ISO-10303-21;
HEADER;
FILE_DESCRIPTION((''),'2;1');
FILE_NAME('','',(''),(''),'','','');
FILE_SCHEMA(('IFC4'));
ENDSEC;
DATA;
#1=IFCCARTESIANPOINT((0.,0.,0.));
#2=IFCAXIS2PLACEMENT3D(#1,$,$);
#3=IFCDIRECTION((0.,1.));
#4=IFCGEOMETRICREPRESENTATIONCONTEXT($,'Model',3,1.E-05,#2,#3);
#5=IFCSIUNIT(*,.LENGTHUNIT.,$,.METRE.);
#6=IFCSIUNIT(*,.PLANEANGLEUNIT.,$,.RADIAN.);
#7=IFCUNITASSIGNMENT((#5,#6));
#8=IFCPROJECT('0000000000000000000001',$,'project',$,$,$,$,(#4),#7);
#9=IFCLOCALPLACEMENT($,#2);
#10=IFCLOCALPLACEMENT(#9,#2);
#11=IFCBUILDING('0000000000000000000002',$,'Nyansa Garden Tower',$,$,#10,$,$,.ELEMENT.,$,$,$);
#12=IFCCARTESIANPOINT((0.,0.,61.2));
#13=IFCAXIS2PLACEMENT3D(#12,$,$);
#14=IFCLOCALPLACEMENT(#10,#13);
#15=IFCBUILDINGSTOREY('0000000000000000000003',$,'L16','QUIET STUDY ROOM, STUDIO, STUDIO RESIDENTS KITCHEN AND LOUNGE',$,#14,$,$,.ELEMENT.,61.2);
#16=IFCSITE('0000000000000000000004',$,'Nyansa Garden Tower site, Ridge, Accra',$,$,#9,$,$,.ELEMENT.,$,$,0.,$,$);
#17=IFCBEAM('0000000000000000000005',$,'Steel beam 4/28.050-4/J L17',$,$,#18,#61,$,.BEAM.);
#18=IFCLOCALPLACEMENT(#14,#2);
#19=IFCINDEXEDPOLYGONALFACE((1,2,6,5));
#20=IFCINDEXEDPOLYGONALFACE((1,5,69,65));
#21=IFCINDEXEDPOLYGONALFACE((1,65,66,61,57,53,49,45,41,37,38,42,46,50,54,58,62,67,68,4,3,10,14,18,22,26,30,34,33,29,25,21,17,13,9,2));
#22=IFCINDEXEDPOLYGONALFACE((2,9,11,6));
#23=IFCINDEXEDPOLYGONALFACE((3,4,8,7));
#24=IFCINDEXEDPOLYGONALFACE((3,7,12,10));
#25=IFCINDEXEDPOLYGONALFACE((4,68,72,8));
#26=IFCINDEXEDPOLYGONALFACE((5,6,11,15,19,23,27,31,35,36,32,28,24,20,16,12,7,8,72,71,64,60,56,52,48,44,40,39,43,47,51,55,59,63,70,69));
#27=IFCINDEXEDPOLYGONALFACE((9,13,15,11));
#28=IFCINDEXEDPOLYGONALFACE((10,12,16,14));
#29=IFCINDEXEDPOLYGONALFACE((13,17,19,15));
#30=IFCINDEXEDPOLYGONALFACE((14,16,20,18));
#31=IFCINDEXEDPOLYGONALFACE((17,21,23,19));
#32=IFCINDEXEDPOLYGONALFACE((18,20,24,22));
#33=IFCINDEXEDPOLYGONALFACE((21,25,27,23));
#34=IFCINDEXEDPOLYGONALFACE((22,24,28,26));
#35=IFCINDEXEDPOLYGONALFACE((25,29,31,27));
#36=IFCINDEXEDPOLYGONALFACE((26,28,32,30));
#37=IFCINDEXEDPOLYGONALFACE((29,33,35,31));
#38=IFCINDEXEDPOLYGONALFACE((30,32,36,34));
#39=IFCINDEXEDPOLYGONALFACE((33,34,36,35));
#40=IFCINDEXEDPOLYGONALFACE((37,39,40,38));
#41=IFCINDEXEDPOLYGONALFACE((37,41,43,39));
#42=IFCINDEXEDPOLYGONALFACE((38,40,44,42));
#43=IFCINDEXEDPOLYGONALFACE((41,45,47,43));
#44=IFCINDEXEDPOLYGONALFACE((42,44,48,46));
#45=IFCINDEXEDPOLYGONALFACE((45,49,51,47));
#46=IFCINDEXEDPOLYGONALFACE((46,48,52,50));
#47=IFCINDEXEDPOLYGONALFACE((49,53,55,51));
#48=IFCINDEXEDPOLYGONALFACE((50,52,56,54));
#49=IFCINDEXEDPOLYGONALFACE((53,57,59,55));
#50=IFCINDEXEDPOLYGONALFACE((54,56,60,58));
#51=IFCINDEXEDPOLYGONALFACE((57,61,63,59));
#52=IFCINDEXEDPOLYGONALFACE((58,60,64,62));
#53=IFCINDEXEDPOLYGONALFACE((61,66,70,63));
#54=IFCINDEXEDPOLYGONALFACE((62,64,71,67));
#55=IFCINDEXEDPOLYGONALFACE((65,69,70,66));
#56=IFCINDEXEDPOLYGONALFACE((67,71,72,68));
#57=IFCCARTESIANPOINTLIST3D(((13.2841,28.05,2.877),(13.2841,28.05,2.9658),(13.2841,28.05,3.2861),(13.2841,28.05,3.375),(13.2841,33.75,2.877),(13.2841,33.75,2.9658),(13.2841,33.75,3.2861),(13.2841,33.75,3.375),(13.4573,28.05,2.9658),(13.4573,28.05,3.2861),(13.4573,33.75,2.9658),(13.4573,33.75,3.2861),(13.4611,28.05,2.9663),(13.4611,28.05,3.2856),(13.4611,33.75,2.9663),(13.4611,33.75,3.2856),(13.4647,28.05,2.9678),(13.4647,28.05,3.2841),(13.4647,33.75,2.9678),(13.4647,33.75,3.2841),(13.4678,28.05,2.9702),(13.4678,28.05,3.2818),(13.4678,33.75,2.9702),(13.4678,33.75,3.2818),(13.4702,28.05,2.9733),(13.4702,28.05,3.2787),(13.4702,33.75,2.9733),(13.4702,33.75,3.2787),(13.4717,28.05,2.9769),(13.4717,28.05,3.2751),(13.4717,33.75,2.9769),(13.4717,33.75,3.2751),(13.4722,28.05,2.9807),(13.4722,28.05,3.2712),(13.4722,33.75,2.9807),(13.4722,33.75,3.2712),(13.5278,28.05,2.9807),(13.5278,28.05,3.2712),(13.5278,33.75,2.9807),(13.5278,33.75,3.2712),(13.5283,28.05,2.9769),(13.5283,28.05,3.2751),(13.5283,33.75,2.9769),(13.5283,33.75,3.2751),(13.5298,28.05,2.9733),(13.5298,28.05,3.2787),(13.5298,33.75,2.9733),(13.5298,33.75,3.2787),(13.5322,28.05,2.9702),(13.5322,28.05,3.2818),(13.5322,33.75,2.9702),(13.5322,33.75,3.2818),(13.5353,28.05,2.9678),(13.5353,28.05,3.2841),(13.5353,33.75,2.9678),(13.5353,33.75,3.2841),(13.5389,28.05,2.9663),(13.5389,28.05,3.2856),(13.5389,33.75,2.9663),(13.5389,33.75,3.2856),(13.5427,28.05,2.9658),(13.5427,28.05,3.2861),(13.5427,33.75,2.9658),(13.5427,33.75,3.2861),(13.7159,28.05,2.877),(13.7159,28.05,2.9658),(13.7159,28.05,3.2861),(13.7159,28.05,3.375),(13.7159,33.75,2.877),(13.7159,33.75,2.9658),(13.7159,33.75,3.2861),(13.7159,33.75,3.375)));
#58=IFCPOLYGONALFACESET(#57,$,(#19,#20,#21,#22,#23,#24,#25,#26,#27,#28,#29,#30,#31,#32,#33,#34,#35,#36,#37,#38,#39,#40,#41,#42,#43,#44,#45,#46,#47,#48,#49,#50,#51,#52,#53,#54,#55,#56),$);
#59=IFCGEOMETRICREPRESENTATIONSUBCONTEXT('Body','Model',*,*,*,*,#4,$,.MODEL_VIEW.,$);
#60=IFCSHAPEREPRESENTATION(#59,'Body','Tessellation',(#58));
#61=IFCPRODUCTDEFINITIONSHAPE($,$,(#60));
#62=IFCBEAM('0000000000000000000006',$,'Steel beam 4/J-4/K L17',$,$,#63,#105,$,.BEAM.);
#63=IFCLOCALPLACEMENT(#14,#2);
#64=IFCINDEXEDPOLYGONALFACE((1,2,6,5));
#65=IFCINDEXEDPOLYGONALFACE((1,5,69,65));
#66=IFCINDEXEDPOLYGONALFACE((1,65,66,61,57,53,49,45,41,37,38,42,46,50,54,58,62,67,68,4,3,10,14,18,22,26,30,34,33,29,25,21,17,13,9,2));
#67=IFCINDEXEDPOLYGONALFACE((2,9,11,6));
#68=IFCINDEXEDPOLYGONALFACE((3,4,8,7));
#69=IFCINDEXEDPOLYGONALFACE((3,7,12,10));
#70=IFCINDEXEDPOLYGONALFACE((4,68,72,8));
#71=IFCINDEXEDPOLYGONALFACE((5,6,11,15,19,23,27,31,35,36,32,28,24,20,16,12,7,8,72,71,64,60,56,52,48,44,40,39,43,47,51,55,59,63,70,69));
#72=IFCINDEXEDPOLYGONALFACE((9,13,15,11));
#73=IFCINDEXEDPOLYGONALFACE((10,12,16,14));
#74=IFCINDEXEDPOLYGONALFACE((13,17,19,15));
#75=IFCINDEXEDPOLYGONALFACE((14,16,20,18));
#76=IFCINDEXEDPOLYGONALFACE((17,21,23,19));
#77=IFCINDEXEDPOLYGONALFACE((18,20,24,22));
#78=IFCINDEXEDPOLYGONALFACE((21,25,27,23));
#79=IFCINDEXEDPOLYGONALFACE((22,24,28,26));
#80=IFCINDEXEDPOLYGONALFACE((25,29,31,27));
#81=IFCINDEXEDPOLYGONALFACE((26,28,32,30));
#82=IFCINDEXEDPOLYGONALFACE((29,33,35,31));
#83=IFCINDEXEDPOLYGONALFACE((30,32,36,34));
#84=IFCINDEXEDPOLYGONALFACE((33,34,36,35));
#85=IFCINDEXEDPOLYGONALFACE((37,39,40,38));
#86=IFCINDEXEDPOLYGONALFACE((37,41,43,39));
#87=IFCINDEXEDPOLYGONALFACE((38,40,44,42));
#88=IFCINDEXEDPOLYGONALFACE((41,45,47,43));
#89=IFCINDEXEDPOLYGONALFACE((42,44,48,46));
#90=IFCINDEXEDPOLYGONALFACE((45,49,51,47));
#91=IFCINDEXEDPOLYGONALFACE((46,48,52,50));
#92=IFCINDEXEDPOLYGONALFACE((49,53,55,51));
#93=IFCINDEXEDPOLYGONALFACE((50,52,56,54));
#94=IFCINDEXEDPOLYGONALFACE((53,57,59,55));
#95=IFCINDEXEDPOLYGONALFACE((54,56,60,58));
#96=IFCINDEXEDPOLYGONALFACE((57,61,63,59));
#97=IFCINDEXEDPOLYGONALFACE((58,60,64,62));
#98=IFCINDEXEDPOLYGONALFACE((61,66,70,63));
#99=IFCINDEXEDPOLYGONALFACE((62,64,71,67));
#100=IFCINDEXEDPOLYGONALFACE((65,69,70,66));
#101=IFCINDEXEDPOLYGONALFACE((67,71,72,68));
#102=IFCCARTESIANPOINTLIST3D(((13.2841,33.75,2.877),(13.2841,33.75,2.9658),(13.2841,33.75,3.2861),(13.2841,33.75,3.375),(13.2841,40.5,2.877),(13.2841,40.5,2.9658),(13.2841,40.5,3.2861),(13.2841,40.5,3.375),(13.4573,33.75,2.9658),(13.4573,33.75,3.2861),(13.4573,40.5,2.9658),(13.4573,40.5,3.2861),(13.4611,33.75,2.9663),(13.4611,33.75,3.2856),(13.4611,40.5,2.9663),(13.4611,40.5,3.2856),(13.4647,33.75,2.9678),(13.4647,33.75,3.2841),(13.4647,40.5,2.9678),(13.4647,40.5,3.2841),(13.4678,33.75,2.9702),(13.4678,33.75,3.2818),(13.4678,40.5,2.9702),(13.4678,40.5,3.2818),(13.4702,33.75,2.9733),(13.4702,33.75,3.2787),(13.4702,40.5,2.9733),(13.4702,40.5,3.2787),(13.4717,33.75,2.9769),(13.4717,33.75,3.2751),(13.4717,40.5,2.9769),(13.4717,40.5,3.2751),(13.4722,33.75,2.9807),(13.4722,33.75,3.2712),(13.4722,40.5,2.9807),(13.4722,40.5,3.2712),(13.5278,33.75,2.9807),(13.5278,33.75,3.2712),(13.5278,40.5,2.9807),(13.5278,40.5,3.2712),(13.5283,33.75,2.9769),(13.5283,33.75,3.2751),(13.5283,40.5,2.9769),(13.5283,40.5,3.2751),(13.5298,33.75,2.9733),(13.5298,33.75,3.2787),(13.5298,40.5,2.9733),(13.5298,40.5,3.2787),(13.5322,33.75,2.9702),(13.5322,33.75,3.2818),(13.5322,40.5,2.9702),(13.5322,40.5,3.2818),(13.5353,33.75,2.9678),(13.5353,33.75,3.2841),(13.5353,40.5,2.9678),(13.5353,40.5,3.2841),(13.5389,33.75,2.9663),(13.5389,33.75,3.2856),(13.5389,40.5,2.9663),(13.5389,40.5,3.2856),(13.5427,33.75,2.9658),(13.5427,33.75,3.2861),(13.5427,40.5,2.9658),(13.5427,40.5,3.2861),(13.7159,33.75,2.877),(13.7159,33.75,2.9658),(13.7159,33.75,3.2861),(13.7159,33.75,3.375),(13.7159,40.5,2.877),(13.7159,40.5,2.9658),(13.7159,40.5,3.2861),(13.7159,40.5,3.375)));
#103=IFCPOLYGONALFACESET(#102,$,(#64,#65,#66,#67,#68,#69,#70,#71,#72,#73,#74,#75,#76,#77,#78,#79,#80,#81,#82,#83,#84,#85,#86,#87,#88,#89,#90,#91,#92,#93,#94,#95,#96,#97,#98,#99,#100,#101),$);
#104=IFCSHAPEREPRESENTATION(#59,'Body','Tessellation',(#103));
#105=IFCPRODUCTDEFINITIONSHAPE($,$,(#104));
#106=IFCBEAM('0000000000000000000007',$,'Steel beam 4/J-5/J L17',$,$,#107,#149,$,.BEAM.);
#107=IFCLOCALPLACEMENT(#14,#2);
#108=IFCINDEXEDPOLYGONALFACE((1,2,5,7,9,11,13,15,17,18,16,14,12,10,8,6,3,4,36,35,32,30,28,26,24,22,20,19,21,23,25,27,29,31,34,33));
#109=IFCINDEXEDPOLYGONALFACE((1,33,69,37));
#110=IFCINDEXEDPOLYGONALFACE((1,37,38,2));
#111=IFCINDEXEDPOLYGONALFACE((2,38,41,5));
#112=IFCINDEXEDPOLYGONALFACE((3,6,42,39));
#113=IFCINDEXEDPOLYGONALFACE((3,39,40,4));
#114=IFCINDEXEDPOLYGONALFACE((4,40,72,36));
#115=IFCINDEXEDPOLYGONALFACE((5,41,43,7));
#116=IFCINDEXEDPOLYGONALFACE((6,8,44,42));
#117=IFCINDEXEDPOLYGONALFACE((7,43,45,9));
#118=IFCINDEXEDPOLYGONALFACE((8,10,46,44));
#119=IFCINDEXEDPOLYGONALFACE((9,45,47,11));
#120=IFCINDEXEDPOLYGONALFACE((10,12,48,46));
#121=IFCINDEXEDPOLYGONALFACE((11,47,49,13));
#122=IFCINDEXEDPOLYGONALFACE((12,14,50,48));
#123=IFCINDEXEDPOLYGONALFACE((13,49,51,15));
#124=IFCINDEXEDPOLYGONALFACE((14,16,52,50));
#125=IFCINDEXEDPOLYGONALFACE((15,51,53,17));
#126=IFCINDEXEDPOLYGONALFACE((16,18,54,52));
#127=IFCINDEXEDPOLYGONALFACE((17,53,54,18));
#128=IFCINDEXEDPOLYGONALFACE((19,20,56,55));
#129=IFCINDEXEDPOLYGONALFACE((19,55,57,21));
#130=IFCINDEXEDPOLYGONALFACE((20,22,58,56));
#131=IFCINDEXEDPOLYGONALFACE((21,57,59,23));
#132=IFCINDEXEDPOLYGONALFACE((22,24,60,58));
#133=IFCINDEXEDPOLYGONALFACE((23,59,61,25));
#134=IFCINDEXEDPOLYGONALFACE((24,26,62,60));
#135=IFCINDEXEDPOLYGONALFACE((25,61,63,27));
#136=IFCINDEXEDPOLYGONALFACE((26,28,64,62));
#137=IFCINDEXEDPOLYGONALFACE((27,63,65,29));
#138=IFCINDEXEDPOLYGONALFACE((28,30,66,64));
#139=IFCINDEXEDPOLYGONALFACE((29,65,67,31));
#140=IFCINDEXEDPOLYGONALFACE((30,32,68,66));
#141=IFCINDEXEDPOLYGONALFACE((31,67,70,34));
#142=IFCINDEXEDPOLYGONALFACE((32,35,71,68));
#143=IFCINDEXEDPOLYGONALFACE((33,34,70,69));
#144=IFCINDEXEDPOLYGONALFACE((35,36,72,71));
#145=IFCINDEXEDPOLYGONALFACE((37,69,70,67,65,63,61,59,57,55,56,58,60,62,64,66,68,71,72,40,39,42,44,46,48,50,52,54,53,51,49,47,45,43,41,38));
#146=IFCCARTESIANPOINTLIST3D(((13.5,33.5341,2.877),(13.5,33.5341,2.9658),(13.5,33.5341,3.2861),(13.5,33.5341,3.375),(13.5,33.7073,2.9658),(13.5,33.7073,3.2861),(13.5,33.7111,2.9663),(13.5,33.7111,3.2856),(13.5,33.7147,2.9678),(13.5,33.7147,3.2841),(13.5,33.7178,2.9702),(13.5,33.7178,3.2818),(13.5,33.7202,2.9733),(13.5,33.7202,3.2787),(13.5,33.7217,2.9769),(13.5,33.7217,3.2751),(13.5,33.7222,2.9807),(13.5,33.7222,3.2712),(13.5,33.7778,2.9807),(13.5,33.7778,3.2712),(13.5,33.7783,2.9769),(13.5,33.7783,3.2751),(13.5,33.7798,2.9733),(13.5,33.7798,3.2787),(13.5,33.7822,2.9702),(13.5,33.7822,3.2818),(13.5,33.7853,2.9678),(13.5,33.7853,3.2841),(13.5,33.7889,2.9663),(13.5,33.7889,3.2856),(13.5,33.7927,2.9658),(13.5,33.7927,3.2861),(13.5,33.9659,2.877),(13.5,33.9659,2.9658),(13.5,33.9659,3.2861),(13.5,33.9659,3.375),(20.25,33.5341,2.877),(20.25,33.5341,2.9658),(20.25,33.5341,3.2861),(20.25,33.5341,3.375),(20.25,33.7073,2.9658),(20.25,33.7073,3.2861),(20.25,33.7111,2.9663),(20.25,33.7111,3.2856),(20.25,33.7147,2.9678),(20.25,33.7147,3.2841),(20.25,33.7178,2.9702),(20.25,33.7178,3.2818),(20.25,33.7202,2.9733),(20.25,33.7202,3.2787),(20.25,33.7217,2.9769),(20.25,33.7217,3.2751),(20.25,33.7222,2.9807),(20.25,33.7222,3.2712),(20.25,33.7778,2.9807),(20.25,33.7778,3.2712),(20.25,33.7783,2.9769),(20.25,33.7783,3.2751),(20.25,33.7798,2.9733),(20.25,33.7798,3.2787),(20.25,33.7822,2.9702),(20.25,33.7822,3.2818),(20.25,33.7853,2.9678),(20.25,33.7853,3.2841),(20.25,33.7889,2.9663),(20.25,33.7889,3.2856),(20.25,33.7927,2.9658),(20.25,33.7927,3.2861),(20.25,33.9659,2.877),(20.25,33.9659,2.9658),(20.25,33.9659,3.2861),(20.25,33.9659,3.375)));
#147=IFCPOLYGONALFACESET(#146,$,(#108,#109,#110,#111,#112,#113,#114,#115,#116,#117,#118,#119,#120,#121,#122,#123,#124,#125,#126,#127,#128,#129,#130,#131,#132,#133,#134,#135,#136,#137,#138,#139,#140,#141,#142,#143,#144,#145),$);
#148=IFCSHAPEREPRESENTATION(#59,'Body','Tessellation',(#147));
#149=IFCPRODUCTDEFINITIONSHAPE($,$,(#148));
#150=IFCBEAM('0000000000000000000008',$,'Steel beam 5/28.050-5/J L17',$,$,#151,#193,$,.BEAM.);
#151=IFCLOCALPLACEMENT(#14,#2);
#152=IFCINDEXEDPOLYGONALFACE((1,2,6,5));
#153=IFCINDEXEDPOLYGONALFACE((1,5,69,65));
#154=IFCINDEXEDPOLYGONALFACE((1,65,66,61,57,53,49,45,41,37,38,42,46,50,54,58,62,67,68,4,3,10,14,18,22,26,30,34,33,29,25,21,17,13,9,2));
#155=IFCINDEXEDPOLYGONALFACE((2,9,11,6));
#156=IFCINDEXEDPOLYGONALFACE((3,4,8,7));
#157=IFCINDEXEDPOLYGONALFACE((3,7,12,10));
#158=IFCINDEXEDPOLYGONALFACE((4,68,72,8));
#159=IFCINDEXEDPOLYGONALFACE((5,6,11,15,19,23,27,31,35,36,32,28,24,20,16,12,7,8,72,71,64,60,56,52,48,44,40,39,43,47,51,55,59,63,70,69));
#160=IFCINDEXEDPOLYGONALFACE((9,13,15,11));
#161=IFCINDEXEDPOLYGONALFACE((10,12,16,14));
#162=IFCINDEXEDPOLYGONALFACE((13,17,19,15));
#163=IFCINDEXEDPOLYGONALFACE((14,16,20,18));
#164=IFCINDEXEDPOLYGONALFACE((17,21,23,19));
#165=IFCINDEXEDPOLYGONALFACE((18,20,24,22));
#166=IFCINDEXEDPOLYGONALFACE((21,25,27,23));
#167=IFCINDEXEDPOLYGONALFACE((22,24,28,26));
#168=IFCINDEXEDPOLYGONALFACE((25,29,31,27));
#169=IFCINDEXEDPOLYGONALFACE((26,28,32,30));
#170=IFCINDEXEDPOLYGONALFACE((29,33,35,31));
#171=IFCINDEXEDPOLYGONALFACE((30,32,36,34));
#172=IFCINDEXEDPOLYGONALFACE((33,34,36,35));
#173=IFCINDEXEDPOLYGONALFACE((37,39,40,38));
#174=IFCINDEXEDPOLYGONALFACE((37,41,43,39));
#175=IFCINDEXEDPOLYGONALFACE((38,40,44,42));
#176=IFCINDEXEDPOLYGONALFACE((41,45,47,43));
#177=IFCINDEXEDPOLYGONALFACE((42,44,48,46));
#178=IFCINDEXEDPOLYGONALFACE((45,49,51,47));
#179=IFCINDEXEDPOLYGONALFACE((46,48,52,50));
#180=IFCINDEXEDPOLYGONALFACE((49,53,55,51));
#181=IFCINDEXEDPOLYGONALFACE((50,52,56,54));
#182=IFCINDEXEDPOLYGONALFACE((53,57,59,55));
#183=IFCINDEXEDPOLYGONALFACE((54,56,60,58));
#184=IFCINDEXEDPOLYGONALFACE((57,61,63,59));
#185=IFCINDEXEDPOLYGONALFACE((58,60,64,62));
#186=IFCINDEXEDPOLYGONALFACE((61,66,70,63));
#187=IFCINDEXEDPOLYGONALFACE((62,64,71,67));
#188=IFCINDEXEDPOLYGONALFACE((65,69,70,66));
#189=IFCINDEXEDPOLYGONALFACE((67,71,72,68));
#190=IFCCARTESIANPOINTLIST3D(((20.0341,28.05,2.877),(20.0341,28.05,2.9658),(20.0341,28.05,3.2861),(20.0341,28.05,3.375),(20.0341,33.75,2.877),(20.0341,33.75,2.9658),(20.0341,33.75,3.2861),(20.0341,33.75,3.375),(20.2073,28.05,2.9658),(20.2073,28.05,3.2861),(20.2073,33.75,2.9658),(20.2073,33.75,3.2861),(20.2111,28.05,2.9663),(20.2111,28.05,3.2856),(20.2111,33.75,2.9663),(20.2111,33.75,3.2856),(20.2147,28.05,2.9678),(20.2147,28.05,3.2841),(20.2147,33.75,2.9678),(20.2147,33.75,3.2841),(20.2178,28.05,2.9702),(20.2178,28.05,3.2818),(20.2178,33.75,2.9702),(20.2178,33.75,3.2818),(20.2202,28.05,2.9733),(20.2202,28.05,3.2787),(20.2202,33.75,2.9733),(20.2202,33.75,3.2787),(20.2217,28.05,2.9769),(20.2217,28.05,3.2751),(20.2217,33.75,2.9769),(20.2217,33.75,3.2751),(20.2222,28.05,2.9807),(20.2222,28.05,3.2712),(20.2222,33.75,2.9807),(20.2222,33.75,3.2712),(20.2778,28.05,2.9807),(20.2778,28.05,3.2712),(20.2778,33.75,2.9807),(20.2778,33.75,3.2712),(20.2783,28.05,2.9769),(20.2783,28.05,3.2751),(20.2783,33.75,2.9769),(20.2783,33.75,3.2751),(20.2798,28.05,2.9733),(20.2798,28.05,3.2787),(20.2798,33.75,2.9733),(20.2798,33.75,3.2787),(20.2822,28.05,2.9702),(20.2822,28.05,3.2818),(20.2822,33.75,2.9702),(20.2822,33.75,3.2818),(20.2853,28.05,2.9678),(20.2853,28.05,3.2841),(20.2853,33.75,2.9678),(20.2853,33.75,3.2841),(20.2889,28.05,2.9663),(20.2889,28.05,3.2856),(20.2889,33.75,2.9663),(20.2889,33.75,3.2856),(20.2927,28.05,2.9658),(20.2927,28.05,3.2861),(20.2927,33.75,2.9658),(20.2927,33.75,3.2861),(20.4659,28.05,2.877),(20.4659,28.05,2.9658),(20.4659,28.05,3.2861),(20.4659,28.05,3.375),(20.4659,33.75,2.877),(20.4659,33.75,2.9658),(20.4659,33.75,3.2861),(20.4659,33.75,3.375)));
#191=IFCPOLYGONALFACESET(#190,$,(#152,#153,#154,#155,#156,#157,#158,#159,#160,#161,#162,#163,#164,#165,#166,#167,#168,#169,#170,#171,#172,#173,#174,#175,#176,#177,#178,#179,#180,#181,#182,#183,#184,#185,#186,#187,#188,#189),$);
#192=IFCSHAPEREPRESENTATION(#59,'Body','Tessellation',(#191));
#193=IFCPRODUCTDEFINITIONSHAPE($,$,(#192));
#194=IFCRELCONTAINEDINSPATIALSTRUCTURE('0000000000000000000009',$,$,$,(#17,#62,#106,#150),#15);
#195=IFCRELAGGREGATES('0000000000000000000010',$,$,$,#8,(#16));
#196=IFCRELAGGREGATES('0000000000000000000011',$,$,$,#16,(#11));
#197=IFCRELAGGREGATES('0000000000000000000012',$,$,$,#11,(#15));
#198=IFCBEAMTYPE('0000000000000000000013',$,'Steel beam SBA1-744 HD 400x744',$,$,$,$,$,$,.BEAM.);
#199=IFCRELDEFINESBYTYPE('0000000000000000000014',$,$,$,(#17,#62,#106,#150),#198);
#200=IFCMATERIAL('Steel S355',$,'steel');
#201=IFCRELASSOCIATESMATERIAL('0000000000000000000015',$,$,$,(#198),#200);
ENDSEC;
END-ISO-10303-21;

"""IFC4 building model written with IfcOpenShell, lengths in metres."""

from ifc_helpers import new_model, si_unit, direction, frame, origin, origin_2d, place, context, subcontext, project, spatial, i_section, extrude, material, material_profile, profile_set, type_object, element, save


model = new_model("IFC4")

# Units and contexts
model_context = context("Model", 3, precision=1e-05, world=origin(), true_north=direction((0.0, 1.0)))
body_context = subcontext(model_context, "Body", "Model", "MODEL_VIEW")
ifc_project = project(units=[si_unit("LENGTHUNIT", "METRE"), si_unit("PLANEANGLEUNIT", "RADIAN")], contexts=[model_context])

# Site, building, storey
site_placement = place(None, origin())
site = spatial("IfcSite", under=ifc_project, at=site_placement, Name="Nyansa Garden Tower site, Ridge, Accra", CompositionType="ELEMENT", RefElevation=0.0)
building_placement = place(site_placement, origin())
building = spatial("IfcBuilding", under=site, at=building_placement, Name="Nyansa Garden Tower", CompositionType="ELEMENT")
storey_placement = place(building_placement, frame((0.0, 0.0, 61.2)))
storey = spatial("IfcBuildingStorey", under=building, at=storey_placement, Name="L16", Description="QUIET STUDY ROOM, STUDIO, STUDIO RESIDENTS KITCHEN AND LOUNGE", CompositionType="ELEMENT", Elevation=61.2)

# Beams
ifc_material_1 = material(Name="Steel S355", Category="steel")
ifc_material_profile_1 = material_profile(ifc_material_1, i_section(OverallWidth=0.4319, OverallDepth=0.498, WebThickness=0.0557, FlangeThickness=0.0889, FilletRadius=0.0149, at=origin_2d()), Name="HD 400x744")
ifc_profile_set_1 = profile_set([ifc_material_profile_1], Name="Steel S355")
beam_type_1 = type_object("IfcBeamType", Name="Steel beam SBA1-744 HD 400x744", PredefinedType="BEAM", material=ifc_profile_set_1)
beam_1_placement = place(storey_placement, frame((13.5, 28.05, 3.126), z_axis=(0.0, 1.0, 0.0), x_axis=(-1.0, 0.0, 0.0)))
element("IfcBeam", 1, at=beam_1_placement, inside=storey, type_object=beam_type_1, Name="Steel beam 4/28.050-4/J L17", PredefinedType="BEAM", context=body_context, shape_type="SweptSolid", body=[
    extrude(i_section(OverallWidth=0.4319, OverallDepth=0.498, WebThickness=0.0557, FlangeThickness=0.0889, FilletRadius=0.0149, at=origin_2d()), origin(), (0.0, 0.0, 1.0), 5.7),
])
for number, where, z_axis, x_axis, name in (
    (2, (13.5, 33.75, 3.126), (0.0, 1.0, 0.0), (-1.0, 0.0, 0.0), "Steel beam 4/J-4/K L17"),
    (3, (13.5, 33.75, 3.126), (1.0, 0.0, 0.0), (0.0, 1.0, 0.0), "Steel beam 4/J-5/J L17"),
):
    element("IfcBeam", number, at=place(storey_placement, frame(where, z_axis=z_axis, x_axis=x_axis)), inside=storey, type_object=beam_type_1, Name=name, PredefinedType="BEAM", context=body_context, shape_type="SweptSolid", body=[
        extrude(i_section(OverallWidth=0.4319, OverallDepth=0.498, WebThickness=0.0557, FlangeThickness=0.0889, FilletRadius=0.0149, at=origin_2d()), origin(), (0.0, 0.0, 1.0), 6.75),
    ])
beam_2_placement = place(storey_placement, frame((20.25, 28.05, 3.126), z_axis=(0.0, 1.0, 0.0), x_axis=(-1.0, 0.0, 0.0)))
element("IfcBeam", 4, at=beam_2_placement, inside=storey, type_object=beam_type_1, Name="Steel beam 5/28.050-5/J L17", PredefinedType="BEAM", context=body_context, shape_type="SweptSolid", body=[
    extrude(i_section(OverallWidth=0.4319, OverallDepth=0.498, WebThickness=0.0557, FlangeThickness=0.0889, FilletRadius=0.0149, at=origin_2d()), origin(), (0.0, 0.0, 1.0), 5.7),
])

save(model, "model.ifc")
